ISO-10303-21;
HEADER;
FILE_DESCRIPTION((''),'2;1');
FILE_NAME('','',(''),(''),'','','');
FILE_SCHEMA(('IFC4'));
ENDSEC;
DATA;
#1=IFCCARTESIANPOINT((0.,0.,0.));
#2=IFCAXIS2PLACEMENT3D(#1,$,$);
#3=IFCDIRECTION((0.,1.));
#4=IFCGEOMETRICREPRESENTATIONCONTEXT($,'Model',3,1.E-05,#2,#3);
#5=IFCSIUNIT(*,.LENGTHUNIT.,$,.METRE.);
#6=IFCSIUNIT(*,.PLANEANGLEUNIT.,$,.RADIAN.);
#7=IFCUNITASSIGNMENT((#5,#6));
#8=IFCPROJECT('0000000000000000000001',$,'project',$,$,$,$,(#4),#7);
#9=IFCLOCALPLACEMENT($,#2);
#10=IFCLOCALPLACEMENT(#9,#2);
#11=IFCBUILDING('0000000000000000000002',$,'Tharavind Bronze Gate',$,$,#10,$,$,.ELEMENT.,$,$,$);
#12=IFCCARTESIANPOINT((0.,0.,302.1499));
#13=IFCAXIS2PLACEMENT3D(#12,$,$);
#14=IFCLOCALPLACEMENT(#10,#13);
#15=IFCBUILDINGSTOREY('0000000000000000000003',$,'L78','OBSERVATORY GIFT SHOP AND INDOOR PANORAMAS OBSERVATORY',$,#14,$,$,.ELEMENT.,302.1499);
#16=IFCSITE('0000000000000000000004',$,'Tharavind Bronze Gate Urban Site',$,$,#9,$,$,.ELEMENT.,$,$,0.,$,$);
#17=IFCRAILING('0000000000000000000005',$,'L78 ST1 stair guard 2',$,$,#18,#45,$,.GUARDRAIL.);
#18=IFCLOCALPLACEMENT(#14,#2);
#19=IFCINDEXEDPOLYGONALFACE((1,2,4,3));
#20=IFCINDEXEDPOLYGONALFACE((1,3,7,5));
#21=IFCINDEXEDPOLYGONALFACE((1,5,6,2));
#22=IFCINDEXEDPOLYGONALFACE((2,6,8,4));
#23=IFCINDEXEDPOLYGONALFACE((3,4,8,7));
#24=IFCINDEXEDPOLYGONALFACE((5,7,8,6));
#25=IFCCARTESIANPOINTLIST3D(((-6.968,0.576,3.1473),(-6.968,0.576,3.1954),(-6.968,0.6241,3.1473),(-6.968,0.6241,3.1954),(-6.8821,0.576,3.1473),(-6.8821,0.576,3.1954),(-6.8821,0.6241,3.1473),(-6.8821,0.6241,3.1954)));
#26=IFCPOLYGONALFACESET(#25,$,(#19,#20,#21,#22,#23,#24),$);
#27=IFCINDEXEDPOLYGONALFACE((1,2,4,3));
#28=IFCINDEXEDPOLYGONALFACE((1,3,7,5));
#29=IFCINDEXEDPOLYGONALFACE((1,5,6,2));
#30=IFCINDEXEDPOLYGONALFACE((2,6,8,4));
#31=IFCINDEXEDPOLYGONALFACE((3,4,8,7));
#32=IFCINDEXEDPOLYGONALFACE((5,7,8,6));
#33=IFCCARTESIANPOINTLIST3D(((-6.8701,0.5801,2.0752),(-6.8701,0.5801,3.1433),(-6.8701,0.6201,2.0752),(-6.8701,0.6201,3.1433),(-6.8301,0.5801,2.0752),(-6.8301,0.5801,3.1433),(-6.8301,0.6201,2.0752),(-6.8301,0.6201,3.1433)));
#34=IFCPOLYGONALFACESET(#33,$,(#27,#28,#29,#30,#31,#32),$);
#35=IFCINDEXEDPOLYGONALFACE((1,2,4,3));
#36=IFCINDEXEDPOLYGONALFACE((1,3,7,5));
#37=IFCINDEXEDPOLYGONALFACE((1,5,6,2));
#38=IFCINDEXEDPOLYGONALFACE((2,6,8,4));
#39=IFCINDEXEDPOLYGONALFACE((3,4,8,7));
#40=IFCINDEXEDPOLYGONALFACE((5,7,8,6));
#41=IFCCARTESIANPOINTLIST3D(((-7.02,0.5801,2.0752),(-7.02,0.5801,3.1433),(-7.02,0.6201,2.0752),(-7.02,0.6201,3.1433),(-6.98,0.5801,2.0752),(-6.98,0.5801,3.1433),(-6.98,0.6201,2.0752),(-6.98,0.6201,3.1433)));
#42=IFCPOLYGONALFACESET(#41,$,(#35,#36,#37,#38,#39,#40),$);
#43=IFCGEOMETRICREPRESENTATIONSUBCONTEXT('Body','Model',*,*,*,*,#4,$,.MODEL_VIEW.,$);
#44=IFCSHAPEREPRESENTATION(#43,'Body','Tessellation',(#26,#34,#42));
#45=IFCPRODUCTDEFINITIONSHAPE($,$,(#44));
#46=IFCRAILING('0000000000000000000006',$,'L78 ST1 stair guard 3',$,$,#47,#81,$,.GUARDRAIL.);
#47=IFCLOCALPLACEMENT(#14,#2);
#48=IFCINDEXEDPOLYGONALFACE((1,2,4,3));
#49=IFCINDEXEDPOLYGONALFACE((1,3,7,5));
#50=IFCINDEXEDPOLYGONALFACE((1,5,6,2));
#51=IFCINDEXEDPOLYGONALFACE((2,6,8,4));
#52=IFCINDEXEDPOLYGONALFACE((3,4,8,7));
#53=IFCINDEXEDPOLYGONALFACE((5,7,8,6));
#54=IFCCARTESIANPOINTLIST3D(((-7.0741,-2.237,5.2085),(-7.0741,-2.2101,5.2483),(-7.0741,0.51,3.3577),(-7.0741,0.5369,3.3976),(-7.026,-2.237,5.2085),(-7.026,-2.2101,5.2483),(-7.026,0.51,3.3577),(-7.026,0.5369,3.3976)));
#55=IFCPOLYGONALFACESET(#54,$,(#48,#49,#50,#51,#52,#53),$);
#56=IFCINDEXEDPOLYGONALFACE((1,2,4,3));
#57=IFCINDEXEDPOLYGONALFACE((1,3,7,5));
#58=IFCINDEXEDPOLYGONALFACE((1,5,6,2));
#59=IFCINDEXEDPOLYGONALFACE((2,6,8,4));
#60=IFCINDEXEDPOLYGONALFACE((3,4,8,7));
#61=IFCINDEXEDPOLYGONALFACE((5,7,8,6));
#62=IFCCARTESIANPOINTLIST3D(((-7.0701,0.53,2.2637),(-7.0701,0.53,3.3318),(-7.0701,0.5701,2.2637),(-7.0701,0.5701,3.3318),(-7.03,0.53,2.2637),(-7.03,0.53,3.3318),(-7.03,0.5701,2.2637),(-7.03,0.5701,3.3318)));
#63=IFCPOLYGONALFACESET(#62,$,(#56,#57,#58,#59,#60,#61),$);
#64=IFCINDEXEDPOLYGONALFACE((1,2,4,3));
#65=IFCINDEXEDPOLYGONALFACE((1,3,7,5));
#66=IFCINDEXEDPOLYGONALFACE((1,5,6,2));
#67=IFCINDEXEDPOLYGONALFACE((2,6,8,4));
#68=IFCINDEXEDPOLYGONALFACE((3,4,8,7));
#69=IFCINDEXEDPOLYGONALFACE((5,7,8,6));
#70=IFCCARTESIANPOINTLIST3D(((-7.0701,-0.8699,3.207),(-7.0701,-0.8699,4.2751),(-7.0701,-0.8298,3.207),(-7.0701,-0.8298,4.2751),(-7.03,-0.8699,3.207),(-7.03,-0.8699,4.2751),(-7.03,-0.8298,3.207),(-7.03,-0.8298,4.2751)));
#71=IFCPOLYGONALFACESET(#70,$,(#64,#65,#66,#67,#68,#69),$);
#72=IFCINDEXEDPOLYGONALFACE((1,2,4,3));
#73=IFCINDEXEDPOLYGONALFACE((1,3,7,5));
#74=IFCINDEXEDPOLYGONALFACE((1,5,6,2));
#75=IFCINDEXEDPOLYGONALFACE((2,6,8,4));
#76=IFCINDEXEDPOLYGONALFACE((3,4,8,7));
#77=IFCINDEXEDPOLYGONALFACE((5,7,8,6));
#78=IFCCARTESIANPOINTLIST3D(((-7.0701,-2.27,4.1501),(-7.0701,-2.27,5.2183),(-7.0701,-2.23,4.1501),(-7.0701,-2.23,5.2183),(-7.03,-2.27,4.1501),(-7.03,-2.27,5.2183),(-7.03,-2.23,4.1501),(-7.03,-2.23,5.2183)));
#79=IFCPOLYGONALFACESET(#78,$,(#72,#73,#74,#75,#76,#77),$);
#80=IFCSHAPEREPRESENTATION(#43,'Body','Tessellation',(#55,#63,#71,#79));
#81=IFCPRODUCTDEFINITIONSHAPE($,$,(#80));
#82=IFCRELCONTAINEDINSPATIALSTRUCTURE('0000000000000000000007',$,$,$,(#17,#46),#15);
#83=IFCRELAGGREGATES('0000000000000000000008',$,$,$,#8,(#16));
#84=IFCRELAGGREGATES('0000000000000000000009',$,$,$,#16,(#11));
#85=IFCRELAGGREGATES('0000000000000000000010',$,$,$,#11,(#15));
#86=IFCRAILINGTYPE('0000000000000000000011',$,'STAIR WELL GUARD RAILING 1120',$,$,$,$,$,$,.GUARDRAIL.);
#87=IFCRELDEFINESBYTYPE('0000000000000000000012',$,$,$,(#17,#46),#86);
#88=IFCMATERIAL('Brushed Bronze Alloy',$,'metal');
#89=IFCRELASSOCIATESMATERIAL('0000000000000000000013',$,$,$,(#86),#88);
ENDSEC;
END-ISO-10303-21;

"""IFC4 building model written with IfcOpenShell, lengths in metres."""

from ifc_helpers import new_model, si_unit, direction, frame, origin, origin_2d, place, context, subcontext, project, spatial, rectangle, extrude, material, type_object, element, save


model = new_model("IFC4")

# Units and contexts
model_context = context("Model", 3, precision=1e-05, world=origin(), true_north=direction((0.0, 1.0)))
body_context = subcontext(model_context, "Body", "Model", "MODEL_VIEW")
ifc_project = project(units=[si_unit("LENGTHUNIT", "METRE"), si_unit("PLANEANGLEUNIT", "RADIAN")], contexts=[model_context])

# Site, building, storey
site_placement = place(None, origin())
site = spatial("IfcSite", under=ifc_project, at=site_placement, Name="Tharavind Bronze Gate Urban Site", CompositionType="ELEMENT", RefElevation=0.0)
building_placement = place(site_placement, origin())
building = spatial("IfcBuilding", under=site, at=building_placement, Name="Tharavind Bronze Gate", CompositionType="ELEMENT")
storey_placement = place(building_placement, frame((0.0, 0.0, 302.1499)))
storey = spatial("IfcBuildingStorey", under=building, at=storey_placement, Name="L78", Description="OBSERVATORY GIFT SHOP AND INDOOR PANORAMAS OBSERVATORY", CompositionType="ELEMENT", Elevation=302.1499)

# Railings
ifc_material_1 = material(Name="Brushed Bronze Alloy", Category="metal")
railing_type = type_object("IfcRailingType", Name="STAIR WELL GUARD RAILING 1120", PredefinedType="GUARDRAIL", material=ifc_material_1)
railing_1_placement = place(storey_placement, frame((-6.8501, 0.6001, 2.0752)))
element("IfcRailing", 1, at=railing_1_placement, inside=storey, type_object=railing_type, Name="L78 ST1 stair guard 2", PredefinedType="GUARDRAIL", context=body_context, shape_type="SweptSolid", body=[
    extrude(rectangle(XDim=0.0481, YDim=0.0481, at=origin_2d()), frame((-0.032, 0.0, 1.0962), z_axis=(-1.0, 0.0, 0.0), x_axis=(0.0, -1.0, 0.0)), (0.0, 0.0, 1.0), 0.0859),
    extrude(rectangle(XDim=0.04, YDim=0.04, at=origin_2d()), origin(), (0.0, 0.0, 1.0), 1.0681),
    extrude(rectangle(XDim=0.04, YDim=0.04, at=origin_2d()), frame((-0.1499, 0.0, 0.0)), (0.0, 0.0, 1.0), 1.0681),
])
railing_2_placement = place(storey_placement, frame((-7.05, 0.55, 2.2637)))
element("IfcRailing", 2, at=railing_2_placement, inside=storey, type_object=railing_type, Name="L78 ST1 stair guard 3", PredefinedType="GUARDRAIL", context=body_context, shape_type="SweptSolid", body=[
    extrude(rectangle(XDim=0.0481, YDim=0.0481, at=origin_2d()), frame((0.0, -0.0266, 1.114), z_axis=(0.0, -0.829337, 0.558749), x_axis=(1.0, 0.0, 0.0)), (0.0, 0.0, 1.0), 3.3123),
    extrude(rectangle(XDim=0.04, YDim=0.04, at=origin_2d()), origin(), (0.0, 0.0, 1.0), 1.0681),
    extrude(rectangle(XDim=0.04, YDim=0.04, at=origin_2d()), frame((0.0, -1.3999, 0.9434)), (0.0, 0.0, 1.0), 1.0681),
    extrude(rectangle(XDim=0.04, YDim=0.04, at=origin_2d()), frame((0.0, -2.8, 1.8865)), (0.0, 0.0, 1.0), 1.0681),
])

save(model, "model.ifc")
